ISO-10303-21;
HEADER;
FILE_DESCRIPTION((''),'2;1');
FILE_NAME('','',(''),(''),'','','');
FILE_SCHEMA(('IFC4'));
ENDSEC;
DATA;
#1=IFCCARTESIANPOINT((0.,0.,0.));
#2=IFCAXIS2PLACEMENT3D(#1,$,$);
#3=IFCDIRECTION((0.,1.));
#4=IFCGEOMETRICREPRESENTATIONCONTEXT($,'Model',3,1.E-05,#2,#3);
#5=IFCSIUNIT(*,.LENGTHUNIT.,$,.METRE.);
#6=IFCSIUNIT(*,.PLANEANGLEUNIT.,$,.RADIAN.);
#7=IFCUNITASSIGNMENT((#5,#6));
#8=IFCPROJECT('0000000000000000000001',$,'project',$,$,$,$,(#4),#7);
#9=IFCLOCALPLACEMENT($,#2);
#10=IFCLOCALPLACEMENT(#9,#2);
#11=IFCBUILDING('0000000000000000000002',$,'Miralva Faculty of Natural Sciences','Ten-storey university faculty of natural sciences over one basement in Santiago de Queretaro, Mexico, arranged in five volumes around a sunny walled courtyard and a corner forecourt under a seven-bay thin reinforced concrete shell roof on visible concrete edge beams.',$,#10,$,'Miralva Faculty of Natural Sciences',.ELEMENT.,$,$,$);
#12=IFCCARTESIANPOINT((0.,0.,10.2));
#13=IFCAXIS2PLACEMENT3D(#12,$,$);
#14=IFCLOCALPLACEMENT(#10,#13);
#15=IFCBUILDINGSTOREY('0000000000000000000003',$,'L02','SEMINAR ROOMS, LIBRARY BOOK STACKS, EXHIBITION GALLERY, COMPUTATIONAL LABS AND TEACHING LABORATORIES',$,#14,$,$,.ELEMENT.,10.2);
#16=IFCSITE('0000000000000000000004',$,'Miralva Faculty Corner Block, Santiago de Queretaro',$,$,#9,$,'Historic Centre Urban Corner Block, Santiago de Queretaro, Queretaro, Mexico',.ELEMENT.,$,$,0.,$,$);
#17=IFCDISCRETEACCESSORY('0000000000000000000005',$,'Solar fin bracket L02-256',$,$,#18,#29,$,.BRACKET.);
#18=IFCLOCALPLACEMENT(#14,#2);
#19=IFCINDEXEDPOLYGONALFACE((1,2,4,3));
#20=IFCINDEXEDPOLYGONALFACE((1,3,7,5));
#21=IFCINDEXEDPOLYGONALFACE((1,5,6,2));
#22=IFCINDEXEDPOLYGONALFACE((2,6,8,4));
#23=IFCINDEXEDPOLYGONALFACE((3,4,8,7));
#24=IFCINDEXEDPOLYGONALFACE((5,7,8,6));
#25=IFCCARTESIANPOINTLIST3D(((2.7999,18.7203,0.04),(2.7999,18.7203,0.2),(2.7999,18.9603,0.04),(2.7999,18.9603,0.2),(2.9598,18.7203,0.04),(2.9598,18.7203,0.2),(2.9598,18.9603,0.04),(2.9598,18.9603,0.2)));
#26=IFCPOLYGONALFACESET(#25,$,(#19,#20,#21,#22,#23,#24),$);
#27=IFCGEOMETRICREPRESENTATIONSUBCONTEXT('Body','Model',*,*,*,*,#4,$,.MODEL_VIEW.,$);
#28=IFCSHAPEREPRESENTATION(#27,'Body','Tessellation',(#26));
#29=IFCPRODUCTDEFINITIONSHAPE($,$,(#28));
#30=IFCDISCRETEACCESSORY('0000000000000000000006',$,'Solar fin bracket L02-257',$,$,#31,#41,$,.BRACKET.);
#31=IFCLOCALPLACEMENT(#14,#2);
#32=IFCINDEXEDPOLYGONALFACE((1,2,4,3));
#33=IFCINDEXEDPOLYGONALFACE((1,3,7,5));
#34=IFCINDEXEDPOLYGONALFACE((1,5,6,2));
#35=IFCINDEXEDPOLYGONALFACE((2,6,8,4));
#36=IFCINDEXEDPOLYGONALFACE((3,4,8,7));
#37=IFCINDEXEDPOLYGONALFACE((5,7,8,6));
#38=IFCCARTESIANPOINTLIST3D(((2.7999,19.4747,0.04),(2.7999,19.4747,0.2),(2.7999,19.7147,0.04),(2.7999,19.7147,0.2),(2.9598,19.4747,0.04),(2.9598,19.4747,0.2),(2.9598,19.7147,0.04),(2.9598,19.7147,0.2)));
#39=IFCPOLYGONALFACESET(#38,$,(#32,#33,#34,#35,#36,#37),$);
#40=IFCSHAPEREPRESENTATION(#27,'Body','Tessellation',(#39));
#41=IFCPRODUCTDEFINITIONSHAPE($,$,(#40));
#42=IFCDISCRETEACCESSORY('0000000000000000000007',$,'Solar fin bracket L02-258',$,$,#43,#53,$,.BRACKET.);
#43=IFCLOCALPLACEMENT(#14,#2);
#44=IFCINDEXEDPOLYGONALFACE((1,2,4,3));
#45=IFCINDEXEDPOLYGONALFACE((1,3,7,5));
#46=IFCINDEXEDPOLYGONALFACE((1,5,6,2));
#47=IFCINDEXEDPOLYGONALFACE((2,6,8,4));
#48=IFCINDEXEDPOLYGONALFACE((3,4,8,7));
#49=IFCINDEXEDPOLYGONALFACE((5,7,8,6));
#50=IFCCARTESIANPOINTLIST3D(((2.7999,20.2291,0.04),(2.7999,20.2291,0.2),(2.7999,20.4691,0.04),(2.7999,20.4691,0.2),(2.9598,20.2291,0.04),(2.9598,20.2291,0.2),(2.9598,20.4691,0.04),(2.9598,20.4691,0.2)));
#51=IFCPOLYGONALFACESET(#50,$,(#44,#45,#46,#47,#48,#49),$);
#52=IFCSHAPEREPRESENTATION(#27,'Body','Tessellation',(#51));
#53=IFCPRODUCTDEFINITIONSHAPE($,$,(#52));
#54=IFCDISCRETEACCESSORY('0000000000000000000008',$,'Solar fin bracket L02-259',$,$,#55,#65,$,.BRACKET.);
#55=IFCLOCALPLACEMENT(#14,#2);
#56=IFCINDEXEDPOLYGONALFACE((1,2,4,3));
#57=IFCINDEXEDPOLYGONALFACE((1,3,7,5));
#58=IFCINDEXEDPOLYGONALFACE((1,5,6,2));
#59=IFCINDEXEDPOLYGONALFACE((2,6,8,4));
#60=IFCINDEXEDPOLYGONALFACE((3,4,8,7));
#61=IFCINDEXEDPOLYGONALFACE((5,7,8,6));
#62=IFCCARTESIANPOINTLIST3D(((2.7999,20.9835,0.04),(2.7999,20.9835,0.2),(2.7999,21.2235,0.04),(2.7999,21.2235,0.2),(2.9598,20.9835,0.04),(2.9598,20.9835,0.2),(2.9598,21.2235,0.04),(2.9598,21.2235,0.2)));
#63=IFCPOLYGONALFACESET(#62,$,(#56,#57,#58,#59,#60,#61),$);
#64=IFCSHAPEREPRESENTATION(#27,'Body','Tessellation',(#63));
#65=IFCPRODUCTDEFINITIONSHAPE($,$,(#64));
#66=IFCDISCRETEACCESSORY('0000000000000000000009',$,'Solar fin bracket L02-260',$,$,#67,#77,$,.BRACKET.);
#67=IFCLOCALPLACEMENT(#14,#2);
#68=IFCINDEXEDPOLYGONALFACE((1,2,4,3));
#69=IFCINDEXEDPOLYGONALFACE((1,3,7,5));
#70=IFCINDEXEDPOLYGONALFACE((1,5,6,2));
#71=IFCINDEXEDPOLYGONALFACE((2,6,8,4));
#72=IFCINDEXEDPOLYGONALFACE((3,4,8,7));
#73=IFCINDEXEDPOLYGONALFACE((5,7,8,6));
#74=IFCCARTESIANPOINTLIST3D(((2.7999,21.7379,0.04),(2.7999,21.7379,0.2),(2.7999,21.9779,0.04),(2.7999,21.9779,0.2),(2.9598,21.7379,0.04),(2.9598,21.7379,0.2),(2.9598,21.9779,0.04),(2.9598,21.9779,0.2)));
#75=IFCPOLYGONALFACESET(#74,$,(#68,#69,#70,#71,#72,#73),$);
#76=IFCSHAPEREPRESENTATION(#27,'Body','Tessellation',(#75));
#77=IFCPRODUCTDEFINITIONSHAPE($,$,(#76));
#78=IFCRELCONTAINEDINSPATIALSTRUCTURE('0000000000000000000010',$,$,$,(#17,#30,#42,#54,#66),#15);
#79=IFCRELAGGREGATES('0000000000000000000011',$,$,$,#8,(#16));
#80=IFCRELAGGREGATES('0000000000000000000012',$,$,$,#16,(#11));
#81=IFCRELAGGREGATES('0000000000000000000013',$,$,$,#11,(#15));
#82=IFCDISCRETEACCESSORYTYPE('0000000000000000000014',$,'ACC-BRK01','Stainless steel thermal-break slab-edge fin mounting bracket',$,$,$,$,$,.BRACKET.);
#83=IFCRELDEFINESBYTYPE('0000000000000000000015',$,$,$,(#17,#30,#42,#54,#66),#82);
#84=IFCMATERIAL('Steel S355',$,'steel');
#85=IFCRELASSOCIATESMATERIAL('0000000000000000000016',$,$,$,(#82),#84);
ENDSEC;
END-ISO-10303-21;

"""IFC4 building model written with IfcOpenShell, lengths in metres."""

from ifc_helpers import new_model, si_unit, direction, frame, origin, origin_2d, place, context, subcontext, project, spatial, rectangle, extrude, material, type_object, element, save


model = new_model("IFC4")

# Units and contexts
model_context = context("Model", 3, precision=1e-05, world=origin(), true_north=direction((0.0, 1.0)))
body_context = subcontext(model_context, "Body", "Model", "MODEL_VIEW")
ifc_project = project(units=[si_unit("LENGTHUNIT", "METRE"), si_unit("PLANEANGLEUNIT", "RADIAN")], contexts=[model_context])

# Site, building, storey
site_placement = place(None, origin())
site = spatial("IfcSite", under=ifc_project, at=site_placement, Name="Miralva Faculty Corner Block, Santiago de Queretaro", LongName="Historic Centre Urban Corner Block, Santiago de Queretaro, Queretaro, Mexico", CompositionType="ELEMENT", RefElevation=0.0)
building_placement = place(site_placement, origin())
building = spatial("IfcBuilding", under=site, at=building_placement, Name="Miralva Faculty of Natural Sciences", Description="Ten-storey university faculty of natural sciences over one basement in Santiago de Queretaro, Mexico, arranged in five volumes around a sunny walled courtyard and a corner forecourt under a seven-bay thin reinforced concrete shell roof on visible concrete edge beams.", LongName="Miralva Faculty of Natural Sciences", CompositionType="ELEMENT")
storey_placement = place(building_placement, frame((0.0, 0.0, 10.2)))
storey = spatial("IfcBuildingStorey", under=building, at=storey_placement, Name="L02", Description="SEMINAR ROOMS, LIBRARY BOOK STACKS, EXHIBITION GALLERY, COMPUTATIONAL LABS AND TEACHING LABORATORIES", CompositionType="ELEMENT", Elevation=10.2)

# Discrete accessories
ifc_material_1 = material(Name="Steel S355", Category="steel")
discrete_accessory_type = type_object("IfcDiscreteAccessoryType", Name="ACC-BRK01", Description="Stainless steel thermal-break slab-edge fin mounting bracket", PredefinedType="BRACKET", material=ifc_material_1)
for number, where, z_axis, x_axis, name in (
    (1, (2.8799, 18.8403, 0.04), (0.0, 0.0, 1.0), (-1.0, 0.0, 0.0), "Solar fin bracket L02-256"),
    (2, (2.8799, 19.5947, 0.04), (0.0, 0.0, 1.0), (-1.0, 0.0, 0.0), "Solar fin bracket L02-257"),
    (3, (2.8799, 20.3491, 0.04), (0.0, 0.0, 1.0), (-1.0, 0.0, 0.0), "Solar fin bracket L02-258"),
    (4, (2.8799, 21.1035, 0.04), (0.0, 0.0, 1.0), (-1.0, 0.0, 0.0), "Solar fin bracket L02-259"),
    (5, (2.8799, 21.8579, 0.04), (0.0, 0.0, 1.0), (-1.0, 0.0, 0.0), "Solar fin bracket L02-260"),
):
    element("IfcDiscreteAccessory", number, at=place(storey_placement, frame(where, z_axis=z_axis, x_axis=x_axis)), inside=storey, type_object=discrete_accessory_type, Name=name, PredefinedType="BRACKET", context=body_context, shape_type="SweptSolid", body=[
        extrude(rectangle(XDim=0.1599, YDim=0.24, at=origin_2d()), origin(), (0.0, 0.0, 1.0), 0.1599),
    ])

save(model, "model.ifc")
